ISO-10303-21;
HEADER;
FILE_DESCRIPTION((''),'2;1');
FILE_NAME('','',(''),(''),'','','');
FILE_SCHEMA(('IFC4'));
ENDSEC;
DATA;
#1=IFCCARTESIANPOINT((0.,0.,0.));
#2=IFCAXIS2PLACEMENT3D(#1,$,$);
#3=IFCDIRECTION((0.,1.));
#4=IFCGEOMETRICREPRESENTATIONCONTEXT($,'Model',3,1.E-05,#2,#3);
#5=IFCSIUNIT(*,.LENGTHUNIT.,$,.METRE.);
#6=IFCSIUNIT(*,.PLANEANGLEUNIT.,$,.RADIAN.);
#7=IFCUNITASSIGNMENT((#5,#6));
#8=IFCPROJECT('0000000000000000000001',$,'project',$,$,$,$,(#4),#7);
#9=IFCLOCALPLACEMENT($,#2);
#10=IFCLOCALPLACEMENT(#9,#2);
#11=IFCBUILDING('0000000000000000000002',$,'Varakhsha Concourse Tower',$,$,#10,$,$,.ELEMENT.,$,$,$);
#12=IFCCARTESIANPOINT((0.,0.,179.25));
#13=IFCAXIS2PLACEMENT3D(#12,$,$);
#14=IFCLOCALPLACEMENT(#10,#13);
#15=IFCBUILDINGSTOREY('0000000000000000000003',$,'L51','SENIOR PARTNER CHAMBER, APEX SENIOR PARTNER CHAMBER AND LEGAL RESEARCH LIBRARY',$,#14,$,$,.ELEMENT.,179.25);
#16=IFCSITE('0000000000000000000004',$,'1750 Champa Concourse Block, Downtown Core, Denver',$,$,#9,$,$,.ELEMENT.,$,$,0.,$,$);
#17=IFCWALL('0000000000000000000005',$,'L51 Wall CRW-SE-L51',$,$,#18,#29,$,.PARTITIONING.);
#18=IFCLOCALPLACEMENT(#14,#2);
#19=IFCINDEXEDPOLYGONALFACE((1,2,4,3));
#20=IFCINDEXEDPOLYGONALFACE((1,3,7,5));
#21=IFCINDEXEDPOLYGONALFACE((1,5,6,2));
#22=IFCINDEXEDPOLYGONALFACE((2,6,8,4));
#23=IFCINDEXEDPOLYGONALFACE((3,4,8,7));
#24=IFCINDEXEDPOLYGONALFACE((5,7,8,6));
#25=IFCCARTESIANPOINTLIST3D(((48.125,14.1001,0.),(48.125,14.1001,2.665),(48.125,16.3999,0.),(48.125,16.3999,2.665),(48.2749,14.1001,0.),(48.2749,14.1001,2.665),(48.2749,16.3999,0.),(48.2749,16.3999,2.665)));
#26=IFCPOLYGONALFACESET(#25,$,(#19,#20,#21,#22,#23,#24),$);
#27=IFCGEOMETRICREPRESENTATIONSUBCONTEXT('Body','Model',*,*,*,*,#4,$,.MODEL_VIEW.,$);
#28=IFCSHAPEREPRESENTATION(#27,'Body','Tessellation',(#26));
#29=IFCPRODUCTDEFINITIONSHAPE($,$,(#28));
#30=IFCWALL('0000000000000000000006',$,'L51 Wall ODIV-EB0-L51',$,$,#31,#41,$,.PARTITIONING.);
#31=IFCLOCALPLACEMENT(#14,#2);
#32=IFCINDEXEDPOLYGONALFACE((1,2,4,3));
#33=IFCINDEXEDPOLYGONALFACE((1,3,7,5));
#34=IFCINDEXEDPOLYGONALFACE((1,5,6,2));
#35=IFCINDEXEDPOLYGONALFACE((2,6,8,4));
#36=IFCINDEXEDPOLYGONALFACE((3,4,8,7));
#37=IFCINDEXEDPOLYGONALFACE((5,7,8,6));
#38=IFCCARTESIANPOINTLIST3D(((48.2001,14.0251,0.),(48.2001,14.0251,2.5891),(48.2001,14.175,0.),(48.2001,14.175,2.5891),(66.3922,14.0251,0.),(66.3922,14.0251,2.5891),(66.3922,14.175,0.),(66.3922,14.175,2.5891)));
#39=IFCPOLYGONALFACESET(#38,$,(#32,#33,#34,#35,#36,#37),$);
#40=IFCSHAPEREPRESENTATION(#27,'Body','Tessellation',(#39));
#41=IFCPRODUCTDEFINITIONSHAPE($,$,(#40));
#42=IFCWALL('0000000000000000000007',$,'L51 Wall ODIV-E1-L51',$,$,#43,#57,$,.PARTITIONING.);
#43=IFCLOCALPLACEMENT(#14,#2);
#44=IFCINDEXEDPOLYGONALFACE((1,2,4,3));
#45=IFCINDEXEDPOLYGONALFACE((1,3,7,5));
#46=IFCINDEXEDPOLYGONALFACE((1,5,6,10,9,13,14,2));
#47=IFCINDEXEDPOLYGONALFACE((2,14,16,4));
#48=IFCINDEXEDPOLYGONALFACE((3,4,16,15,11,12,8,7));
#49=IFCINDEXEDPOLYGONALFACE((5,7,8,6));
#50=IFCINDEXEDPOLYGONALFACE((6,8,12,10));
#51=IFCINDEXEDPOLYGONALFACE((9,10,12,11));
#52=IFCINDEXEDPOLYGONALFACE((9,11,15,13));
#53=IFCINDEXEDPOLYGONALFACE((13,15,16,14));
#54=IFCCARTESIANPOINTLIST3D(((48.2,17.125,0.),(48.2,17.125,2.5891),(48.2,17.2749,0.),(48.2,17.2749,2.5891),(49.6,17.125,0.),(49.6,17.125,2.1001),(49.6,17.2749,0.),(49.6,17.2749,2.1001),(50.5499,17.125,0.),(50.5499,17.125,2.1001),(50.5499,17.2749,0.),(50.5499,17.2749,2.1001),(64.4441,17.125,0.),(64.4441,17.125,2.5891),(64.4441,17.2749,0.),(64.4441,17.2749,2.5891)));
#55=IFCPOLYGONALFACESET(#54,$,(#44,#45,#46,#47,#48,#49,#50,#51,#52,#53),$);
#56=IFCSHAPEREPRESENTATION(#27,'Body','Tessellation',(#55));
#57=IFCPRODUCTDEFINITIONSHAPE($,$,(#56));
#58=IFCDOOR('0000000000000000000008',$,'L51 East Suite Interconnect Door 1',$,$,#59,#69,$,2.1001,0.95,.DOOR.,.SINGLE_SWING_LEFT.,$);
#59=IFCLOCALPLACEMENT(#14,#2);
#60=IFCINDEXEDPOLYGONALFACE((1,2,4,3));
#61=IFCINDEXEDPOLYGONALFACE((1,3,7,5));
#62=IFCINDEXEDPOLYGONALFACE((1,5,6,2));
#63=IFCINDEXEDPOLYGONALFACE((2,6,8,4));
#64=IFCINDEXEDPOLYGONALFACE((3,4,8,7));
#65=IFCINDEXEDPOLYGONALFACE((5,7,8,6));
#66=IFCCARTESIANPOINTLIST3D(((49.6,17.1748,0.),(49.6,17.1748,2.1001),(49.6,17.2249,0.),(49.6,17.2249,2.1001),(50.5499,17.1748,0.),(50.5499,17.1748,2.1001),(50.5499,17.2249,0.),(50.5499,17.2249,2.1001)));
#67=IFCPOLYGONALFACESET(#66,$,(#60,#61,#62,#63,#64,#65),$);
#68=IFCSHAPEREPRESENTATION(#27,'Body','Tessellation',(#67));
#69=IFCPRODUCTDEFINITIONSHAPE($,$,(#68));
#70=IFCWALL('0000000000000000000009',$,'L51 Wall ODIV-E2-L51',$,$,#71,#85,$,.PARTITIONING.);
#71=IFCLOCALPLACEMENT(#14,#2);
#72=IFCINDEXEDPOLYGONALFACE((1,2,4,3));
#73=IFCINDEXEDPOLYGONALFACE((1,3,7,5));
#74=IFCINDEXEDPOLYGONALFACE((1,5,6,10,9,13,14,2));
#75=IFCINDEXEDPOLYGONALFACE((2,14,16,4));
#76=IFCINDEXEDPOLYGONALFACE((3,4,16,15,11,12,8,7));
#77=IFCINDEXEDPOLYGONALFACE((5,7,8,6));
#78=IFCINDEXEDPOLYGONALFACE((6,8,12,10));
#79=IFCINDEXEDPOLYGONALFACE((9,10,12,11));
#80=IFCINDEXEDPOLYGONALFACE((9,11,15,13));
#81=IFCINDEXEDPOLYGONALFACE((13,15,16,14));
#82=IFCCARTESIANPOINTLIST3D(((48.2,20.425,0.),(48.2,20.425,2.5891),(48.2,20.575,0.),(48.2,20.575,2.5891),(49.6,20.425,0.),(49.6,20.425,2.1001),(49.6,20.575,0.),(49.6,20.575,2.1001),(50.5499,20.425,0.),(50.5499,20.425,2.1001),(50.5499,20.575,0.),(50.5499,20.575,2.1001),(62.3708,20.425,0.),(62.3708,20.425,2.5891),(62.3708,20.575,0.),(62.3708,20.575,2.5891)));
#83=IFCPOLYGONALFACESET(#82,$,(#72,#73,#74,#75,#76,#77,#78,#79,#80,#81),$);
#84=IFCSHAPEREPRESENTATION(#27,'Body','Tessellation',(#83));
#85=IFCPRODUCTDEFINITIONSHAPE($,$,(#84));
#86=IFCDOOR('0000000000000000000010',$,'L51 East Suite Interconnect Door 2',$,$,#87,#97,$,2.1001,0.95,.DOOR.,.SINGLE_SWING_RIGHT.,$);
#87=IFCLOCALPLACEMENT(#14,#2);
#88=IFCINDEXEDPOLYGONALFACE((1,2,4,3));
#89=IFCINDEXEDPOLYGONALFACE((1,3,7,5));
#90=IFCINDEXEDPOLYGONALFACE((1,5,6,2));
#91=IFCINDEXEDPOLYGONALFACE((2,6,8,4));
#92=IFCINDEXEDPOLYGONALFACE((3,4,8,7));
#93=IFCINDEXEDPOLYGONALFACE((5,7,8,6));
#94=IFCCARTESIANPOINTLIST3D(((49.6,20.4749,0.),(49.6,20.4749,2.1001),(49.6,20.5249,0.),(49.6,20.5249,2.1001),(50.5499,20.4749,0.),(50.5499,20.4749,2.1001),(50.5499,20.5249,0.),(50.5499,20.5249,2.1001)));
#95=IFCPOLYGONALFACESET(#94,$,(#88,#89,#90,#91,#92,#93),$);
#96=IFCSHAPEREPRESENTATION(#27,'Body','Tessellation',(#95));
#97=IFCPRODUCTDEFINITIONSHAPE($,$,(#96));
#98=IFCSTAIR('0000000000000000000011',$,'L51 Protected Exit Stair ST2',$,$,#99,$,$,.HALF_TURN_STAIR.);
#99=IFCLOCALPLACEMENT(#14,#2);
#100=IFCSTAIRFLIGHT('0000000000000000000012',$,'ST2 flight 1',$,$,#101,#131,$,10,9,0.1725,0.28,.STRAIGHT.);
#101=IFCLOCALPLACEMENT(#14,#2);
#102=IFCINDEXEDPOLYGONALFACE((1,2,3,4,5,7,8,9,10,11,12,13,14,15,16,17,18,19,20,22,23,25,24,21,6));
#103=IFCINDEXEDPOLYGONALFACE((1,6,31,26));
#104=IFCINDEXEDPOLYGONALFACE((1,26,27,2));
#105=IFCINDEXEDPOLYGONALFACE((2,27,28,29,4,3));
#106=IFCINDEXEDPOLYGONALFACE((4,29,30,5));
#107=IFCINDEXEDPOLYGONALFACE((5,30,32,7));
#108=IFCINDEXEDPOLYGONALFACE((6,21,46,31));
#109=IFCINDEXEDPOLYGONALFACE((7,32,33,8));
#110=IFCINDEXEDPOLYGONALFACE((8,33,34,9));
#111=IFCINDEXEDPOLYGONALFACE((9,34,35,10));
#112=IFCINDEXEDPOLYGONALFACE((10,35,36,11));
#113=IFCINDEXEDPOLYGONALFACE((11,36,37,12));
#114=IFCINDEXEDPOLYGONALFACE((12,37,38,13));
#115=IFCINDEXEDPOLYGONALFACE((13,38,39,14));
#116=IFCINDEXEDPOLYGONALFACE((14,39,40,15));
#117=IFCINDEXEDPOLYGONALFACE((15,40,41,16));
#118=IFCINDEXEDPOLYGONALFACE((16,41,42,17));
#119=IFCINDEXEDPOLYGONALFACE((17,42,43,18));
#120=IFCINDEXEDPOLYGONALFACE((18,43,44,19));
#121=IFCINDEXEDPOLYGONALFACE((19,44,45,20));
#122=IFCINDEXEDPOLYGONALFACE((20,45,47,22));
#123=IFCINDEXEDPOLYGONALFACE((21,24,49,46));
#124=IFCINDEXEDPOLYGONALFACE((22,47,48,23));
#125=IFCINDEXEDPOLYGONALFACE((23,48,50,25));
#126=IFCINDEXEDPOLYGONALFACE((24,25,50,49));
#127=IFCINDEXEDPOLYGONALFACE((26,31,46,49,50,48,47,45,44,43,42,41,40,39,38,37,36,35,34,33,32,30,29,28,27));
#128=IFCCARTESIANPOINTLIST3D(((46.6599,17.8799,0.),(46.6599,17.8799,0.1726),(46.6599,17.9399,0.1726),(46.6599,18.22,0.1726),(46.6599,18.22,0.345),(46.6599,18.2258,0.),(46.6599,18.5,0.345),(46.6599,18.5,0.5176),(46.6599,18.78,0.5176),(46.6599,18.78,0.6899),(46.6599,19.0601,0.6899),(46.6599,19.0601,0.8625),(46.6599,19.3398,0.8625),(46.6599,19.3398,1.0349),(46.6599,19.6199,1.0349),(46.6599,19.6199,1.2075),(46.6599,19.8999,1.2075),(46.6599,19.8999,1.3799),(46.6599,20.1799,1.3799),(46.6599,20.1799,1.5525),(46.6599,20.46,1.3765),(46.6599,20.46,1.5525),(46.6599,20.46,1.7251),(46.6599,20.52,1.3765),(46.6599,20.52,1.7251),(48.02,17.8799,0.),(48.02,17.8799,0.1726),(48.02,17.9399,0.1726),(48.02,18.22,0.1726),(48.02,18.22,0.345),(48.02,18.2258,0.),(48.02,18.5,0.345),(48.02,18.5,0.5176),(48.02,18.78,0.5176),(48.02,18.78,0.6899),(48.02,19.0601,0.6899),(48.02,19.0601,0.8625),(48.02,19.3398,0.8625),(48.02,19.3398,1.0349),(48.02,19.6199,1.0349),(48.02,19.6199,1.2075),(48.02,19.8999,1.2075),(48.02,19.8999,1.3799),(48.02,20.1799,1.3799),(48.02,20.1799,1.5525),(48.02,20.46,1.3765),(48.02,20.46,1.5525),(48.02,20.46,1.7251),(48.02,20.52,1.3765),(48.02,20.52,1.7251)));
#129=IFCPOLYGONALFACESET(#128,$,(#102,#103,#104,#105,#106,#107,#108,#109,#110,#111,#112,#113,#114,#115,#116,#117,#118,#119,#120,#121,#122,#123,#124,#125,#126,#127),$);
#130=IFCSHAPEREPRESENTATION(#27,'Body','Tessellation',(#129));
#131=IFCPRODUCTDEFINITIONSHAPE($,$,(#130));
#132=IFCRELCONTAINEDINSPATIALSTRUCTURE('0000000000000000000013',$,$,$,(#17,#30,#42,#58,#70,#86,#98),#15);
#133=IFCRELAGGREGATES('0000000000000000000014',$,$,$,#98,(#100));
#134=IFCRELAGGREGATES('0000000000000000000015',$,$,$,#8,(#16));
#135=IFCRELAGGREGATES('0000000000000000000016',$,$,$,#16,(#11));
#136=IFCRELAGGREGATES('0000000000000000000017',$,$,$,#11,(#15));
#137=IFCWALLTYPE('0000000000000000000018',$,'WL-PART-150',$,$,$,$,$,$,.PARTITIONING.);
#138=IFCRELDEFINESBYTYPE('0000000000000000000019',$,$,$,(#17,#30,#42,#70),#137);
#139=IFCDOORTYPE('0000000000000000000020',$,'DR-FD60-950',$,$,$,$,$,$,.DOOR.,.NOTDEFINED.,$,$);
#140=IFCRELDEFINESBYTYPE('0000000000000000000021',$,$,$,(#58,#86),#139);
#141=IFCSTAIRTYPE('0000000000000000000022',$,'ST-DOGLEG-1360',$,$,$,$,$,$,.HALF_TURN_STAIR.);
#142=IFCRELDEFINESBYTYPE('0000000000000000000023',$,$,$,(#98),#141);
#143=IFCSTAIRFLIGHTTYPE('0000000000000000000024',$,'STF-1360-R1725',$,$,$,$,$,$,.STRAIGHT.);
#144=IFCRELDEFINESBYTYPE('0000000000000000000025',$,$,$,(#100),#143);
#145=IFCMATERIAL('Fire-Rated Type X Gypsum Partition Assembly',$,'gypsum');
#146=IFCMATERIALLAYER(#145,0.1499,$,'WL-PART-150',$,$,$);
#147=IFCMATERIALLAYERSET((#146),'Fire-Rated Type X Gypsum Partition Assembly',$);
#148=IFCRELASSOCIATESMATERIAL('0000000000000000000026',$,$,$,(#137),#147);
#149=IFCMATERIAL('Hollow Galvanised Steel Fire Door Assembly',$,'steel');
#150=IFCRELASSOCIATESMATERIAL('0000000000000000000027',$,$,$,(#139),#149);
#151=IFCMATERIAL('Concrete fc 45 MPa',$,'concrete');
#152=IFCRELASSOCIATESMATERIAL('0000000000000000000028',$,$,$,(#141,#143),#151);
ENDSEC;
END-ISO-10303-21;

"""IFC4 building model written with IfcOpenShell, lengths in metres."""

from ifc_helpers import new_model, si_unit, direction, frame, frame_2d, origin, place, context, subcontext, project, spatial, polyline, rectangle, outline, extrude, material, layer, layer_set, type_object, element, fill, aggregate, save


model = new_model("IFC4")

# Units and contexts
model_context = context("Model", 3, precision=1e-05, world=origin(), true_north=direction((0.0, 1.0)))
body_context = subcontext(model_context, "Body", "Model", "MODEL_VIEW")
ifc_project = project(units=[si_unit("LENGTHUNIT", "METRE"), si_unit("PLANEANGLEUNIT", "RADIAN")], contexts=[model_context])

# Site, building, storey
site_placement = place(None, origin())
site = spatial("IfcSite", under=ifc_project, at=site_placement, Name="1750 Champa Concourse Block, Downtown Core, Denver", CompositionType="ELEMENT", RefElevation=0.0)
building_placement = place(site_placement, origin())
building = spatial("IfcBuilding", under=site, at=building_placement, Name="Varakhsha Concourse Tower", CompositionType="ELEMENT")
storey_placement = place(building_placement, frame((0.0, 0.0, 179.25)))
storey = spatial("IfcBuildingStorey", under=building, at=storey_placement, Name="L51", Description="SENIOR PARTNER CHAMBER, APEX SENIOR PARTNER CHAMBER AND LEGAL RESEARCH LIBRARY", CompositionType="ELEMENT", Elevation=179.25)

# Walls
ifc_material_1 = material(Name="Fire-Rated Type X Gypsum Partition Assembly", Category="gypsum")
ifc_layer_1 = layer(ifc_material_1, 0.1499, Name="WL-PART-150")
ifc_layer_set_1 = layer_set([ifc_layer_1], Name="Fire-Rated Type X Gypsum Partition Assembly")
wall_type_1 = type_object("IfcWallType", Name="WL-PART-150", PredefinedType="PARTITIONING", material=ifc_layer_set_1)
wall_1_placement = place(storey_placement, frame((48.2, 14.1001, 0.0), z_axis=(0.0, 0.0, 1.0), x_axis=(0.0, 1.0, 0.0)))
element("IfcWall", 1, at=wall_1_placement, inside=storey, type_object=wall_type_1, Name="L51 Wall CRW-SE-L51", PredefinedType="PARTITIONING", context=body_context, shape_type="SweptSolid", body=[
    extrude(rectangle(XDim=2.2998, YDim=0.1499, at=frame_2d((1.1499, 0.0))), origin(), (0.0, 0.0, 1.0), 2.665),
])
wall_2_placement = place(storey_placement, frame((48.2, 14.1001, 0.0), z_axis=(0.0, 0.0, 1.0), x_axis=(1.0, 0.0, 0.0)))
element("IfcWall", 2, at=wall_2_placement, inside=storey, type_object=wall_type_1, Name="L51 Wall ODIV-EB0-L51", PredefinedType="PARTITIONING", context=body_context, shape_type="SweptSolid", body=[
    extrude(rectangle(XDim=18.1921, YDim=0.1499, at=frame_2d((9.0962, 0.0))), origin(), (0.0, 0.0, 1.0), 2.5891),
])

# Walls, openings, doors
wall_3_placement = place(storey_placement, frame((48.2, 17.2, 0.0), z_axis=(0.0, 0.0, 1.0), x_axis=(1.0, 0.0, 0.0)))
wall_3 = element("IfcWall", 3, at=wall_3_placement, inside=storey, type_object=wall_type_1, Name="L51 Wall ODIV-E1-L51", PredefinedType="PARTITIONING", context=body_context, shape_type="SweptSolid", body=[
    extrude(rectangle(XDim=16.2441, YDim=0.1499, at=frame_2d((8.1221, 0.0))), origin(), (0.0, 0.0, 1.0), 2.5891),
])
opening_1_placement = place(wall_3_placement, frame((1.3999, 0.0, 0.0)))
opening_1 = element("IfcOpeningElement", 4, at=opening_1_placement, cuts=wall_3, PredefinedType="OPENING", context=body_context, shape_type="SweptSolid", body=[
    extrude(rectangle(XDim=0.95, YDim=2.1001, at=frame_2d((0.4751, 1.05))), frame((0.0, 0.085, 0.0), z_axis=(0.0, -1.0, 0.0), x_axis=(1.0, 0.0, 0.0)), (0.0, 0.0, 1.0), 0.1699),
])
ifc_material_2 = material(Name="Hollow Galvanised Steel Fire Door Assembly", Category="steel")
door_type_1 = type_object("IfcDoorType", Name="DR-FD60-950", OperationType="NOTDEFINED", PredefinedType="DOOR", material=ifc_material_2)
door_1_placement = place(opening_1_placement, origin())
door_1 = element("IfcDoor", 5, at=door_1_placement, inside=storey, type_object=door_type_1, Name="L51 East Suite Interconnect Door 1", OperationType="SINGLE_SWING_LEFT", OverallHeight=2.1001, OverallWidth=0.95, PredefinedType="DOOR", context=body_context, shape_type="SweptSolid", body=[
    extrude(rectangle(XDim=0.95, YDim=2.1001, at=frame_2d((0.4751, 1.05))), frame((0.0, 0.0249, 0.0), z_axis=(0.0, -1.0, 0.0), x_axis=(1.0, 0.0, 0.0)), (0.0, 0.0, 1.0), 0.05),
])
fill(opening_1, door_1)
wall_4_placement = place(storey_placement, frame((48.2, 20.5, 0.0), z_axis=(0.0, 0.0, 1.0), x_axis=(1.0, 0.0, 0.0)))
wall_4 = element("IfcWall", 6, at=wall_4_placement, inside=storey, type_object=wall_type_1, Name="L51 Wall ODIV-E2-L51", PredefinedType="PARTITIONING", context=body_context, shape_type="SweptSolid", body=[
    extrude(rectangle(XDim=14.1709, YDim=0.1499, at=frame_2d((7.0854, 0.0))), origin(), (0.0, 0.0, 1.0), 2.5891),
])
opening_2_placement = place(wall_4_placement, frame((1.3999, 0.0, 0.0)))
opening_2 = element("IfcOpeningElement", 7, at=opening_2_placement, cuts=wall_4, PredefinedType="OPENING", context=body_context, shape_type="SweptSolid", body=[
    extrude(rectangle(XDim=0.95, YDim=2.1001, at=frame_2d((0.4751, 1.05))), frame((0.0, 0.085, 0.0), z_axis=(0.0, -1.0, 0.0), x_axis=(1.0, 0.0, 0.0)), (0.0, 0.0, 1.0), 0.1699),
])
door_2_placement = place(opening_2_placement, origin())
door_2 = element("IfcDoor", 8, at=door_2_placement, inside=storey, type_object=door_type_1, Name="L51 East Suite Interconnect Door 2", OperationType="SINGLE_SWING_RIGHT", OverallHeight=2.1001, OverallWidth=0.95, PredefinedType="DOOR", context=body_context, shape_type="SweptSolid", body=[
    extrude(rectangle(XDim=0.95, YDim=2.1001, at=frame_2d((0.4751, 1.05))), frame((0.0, 0.0249, 0.0), z_axis=(0.0, -1.0, 0.0), x_axis=(1.0, 0.0, 0.0)), (0.0, 0.0, 1.0), 0.05),
])
fill(opening_2, door_2)

# Stair, stair flight
ifc_material_3 = material(Name="Concrete fc 45 MPa", Category="concrete")
stair_type = type_object("IfcStairType", Name="ST-DOGLEG-1360", PredefinedType="HALF_TURN_STAIR", material=ifc_material_3)
stair_placement = place(storey_placement, origin())
stair = element("IfcStair", 9, at=stair_placement, inside=storey, type_object=stair_type, Name="L51 Protected Exit Stair ST2", PredefinedType="HALF_TURN_STAIR")
stair_flight_type = type_object("IfcStairFlightType", Name="STF-1360-R1725", PredefinedType="STRAIGHT", material=ifc_material_3)
stair_flight_placement = place(storey_placement, frame((47.3401, 17.9399, 0.0), z_axis=(0.0, 0.0, 1.0), x_axis=(0.0, 1.0, 0.0)))
stair_flight = element("IfcStairFlight", 10, at=stair_flight_placement, type_object=stair_flight_type, Name="ST2 flight 1", NumberOfRisers=10, NumberOfTreads=9, PredefinedType="STRAIGHT", RiserHeight=0.1725, TreadLength=0.28, context=body_context, shape_type="SweptSolid", body=[
    extrude(outline(polyline([(-0.0601, 0.0), (-0.0601, 0.1726), (0.0, 0.1726), (0.28, 0.1726), (0.28, 0.345), (0.5601, 0.345), (0.5601, 0.5176), (0.8401, 0.5176), (0.8401, 0.6899), (1.1201, 0.6899), (1.1201, 0.8625), (1.3999, 0.8625), (1.3999, 1.0349), (1.6799, 1.0349), (1.6799, 1.2075), (1.96, 1.2075), (1.96, 1.3799), (2.24, 1.3799), (2.24, 1.5525), (2.52, 1.5525), (2.52, 1.7251), (2.5801, 1.7251), (2.5801, 1.3765), (2.52, 1.3765), (0.2859, 0.0), (-0.0601, 0.0)])), frame((0.0, 0.6802, 0.0), z_axis=(0.0, -1.0, 0.0), x_axis=(1.0, 0.0, 0.0)), (0.0, 0.0, 1.0), 1.3601),
])
aggregate(stair, [stair_flight])

save(model, "model.ifc")
